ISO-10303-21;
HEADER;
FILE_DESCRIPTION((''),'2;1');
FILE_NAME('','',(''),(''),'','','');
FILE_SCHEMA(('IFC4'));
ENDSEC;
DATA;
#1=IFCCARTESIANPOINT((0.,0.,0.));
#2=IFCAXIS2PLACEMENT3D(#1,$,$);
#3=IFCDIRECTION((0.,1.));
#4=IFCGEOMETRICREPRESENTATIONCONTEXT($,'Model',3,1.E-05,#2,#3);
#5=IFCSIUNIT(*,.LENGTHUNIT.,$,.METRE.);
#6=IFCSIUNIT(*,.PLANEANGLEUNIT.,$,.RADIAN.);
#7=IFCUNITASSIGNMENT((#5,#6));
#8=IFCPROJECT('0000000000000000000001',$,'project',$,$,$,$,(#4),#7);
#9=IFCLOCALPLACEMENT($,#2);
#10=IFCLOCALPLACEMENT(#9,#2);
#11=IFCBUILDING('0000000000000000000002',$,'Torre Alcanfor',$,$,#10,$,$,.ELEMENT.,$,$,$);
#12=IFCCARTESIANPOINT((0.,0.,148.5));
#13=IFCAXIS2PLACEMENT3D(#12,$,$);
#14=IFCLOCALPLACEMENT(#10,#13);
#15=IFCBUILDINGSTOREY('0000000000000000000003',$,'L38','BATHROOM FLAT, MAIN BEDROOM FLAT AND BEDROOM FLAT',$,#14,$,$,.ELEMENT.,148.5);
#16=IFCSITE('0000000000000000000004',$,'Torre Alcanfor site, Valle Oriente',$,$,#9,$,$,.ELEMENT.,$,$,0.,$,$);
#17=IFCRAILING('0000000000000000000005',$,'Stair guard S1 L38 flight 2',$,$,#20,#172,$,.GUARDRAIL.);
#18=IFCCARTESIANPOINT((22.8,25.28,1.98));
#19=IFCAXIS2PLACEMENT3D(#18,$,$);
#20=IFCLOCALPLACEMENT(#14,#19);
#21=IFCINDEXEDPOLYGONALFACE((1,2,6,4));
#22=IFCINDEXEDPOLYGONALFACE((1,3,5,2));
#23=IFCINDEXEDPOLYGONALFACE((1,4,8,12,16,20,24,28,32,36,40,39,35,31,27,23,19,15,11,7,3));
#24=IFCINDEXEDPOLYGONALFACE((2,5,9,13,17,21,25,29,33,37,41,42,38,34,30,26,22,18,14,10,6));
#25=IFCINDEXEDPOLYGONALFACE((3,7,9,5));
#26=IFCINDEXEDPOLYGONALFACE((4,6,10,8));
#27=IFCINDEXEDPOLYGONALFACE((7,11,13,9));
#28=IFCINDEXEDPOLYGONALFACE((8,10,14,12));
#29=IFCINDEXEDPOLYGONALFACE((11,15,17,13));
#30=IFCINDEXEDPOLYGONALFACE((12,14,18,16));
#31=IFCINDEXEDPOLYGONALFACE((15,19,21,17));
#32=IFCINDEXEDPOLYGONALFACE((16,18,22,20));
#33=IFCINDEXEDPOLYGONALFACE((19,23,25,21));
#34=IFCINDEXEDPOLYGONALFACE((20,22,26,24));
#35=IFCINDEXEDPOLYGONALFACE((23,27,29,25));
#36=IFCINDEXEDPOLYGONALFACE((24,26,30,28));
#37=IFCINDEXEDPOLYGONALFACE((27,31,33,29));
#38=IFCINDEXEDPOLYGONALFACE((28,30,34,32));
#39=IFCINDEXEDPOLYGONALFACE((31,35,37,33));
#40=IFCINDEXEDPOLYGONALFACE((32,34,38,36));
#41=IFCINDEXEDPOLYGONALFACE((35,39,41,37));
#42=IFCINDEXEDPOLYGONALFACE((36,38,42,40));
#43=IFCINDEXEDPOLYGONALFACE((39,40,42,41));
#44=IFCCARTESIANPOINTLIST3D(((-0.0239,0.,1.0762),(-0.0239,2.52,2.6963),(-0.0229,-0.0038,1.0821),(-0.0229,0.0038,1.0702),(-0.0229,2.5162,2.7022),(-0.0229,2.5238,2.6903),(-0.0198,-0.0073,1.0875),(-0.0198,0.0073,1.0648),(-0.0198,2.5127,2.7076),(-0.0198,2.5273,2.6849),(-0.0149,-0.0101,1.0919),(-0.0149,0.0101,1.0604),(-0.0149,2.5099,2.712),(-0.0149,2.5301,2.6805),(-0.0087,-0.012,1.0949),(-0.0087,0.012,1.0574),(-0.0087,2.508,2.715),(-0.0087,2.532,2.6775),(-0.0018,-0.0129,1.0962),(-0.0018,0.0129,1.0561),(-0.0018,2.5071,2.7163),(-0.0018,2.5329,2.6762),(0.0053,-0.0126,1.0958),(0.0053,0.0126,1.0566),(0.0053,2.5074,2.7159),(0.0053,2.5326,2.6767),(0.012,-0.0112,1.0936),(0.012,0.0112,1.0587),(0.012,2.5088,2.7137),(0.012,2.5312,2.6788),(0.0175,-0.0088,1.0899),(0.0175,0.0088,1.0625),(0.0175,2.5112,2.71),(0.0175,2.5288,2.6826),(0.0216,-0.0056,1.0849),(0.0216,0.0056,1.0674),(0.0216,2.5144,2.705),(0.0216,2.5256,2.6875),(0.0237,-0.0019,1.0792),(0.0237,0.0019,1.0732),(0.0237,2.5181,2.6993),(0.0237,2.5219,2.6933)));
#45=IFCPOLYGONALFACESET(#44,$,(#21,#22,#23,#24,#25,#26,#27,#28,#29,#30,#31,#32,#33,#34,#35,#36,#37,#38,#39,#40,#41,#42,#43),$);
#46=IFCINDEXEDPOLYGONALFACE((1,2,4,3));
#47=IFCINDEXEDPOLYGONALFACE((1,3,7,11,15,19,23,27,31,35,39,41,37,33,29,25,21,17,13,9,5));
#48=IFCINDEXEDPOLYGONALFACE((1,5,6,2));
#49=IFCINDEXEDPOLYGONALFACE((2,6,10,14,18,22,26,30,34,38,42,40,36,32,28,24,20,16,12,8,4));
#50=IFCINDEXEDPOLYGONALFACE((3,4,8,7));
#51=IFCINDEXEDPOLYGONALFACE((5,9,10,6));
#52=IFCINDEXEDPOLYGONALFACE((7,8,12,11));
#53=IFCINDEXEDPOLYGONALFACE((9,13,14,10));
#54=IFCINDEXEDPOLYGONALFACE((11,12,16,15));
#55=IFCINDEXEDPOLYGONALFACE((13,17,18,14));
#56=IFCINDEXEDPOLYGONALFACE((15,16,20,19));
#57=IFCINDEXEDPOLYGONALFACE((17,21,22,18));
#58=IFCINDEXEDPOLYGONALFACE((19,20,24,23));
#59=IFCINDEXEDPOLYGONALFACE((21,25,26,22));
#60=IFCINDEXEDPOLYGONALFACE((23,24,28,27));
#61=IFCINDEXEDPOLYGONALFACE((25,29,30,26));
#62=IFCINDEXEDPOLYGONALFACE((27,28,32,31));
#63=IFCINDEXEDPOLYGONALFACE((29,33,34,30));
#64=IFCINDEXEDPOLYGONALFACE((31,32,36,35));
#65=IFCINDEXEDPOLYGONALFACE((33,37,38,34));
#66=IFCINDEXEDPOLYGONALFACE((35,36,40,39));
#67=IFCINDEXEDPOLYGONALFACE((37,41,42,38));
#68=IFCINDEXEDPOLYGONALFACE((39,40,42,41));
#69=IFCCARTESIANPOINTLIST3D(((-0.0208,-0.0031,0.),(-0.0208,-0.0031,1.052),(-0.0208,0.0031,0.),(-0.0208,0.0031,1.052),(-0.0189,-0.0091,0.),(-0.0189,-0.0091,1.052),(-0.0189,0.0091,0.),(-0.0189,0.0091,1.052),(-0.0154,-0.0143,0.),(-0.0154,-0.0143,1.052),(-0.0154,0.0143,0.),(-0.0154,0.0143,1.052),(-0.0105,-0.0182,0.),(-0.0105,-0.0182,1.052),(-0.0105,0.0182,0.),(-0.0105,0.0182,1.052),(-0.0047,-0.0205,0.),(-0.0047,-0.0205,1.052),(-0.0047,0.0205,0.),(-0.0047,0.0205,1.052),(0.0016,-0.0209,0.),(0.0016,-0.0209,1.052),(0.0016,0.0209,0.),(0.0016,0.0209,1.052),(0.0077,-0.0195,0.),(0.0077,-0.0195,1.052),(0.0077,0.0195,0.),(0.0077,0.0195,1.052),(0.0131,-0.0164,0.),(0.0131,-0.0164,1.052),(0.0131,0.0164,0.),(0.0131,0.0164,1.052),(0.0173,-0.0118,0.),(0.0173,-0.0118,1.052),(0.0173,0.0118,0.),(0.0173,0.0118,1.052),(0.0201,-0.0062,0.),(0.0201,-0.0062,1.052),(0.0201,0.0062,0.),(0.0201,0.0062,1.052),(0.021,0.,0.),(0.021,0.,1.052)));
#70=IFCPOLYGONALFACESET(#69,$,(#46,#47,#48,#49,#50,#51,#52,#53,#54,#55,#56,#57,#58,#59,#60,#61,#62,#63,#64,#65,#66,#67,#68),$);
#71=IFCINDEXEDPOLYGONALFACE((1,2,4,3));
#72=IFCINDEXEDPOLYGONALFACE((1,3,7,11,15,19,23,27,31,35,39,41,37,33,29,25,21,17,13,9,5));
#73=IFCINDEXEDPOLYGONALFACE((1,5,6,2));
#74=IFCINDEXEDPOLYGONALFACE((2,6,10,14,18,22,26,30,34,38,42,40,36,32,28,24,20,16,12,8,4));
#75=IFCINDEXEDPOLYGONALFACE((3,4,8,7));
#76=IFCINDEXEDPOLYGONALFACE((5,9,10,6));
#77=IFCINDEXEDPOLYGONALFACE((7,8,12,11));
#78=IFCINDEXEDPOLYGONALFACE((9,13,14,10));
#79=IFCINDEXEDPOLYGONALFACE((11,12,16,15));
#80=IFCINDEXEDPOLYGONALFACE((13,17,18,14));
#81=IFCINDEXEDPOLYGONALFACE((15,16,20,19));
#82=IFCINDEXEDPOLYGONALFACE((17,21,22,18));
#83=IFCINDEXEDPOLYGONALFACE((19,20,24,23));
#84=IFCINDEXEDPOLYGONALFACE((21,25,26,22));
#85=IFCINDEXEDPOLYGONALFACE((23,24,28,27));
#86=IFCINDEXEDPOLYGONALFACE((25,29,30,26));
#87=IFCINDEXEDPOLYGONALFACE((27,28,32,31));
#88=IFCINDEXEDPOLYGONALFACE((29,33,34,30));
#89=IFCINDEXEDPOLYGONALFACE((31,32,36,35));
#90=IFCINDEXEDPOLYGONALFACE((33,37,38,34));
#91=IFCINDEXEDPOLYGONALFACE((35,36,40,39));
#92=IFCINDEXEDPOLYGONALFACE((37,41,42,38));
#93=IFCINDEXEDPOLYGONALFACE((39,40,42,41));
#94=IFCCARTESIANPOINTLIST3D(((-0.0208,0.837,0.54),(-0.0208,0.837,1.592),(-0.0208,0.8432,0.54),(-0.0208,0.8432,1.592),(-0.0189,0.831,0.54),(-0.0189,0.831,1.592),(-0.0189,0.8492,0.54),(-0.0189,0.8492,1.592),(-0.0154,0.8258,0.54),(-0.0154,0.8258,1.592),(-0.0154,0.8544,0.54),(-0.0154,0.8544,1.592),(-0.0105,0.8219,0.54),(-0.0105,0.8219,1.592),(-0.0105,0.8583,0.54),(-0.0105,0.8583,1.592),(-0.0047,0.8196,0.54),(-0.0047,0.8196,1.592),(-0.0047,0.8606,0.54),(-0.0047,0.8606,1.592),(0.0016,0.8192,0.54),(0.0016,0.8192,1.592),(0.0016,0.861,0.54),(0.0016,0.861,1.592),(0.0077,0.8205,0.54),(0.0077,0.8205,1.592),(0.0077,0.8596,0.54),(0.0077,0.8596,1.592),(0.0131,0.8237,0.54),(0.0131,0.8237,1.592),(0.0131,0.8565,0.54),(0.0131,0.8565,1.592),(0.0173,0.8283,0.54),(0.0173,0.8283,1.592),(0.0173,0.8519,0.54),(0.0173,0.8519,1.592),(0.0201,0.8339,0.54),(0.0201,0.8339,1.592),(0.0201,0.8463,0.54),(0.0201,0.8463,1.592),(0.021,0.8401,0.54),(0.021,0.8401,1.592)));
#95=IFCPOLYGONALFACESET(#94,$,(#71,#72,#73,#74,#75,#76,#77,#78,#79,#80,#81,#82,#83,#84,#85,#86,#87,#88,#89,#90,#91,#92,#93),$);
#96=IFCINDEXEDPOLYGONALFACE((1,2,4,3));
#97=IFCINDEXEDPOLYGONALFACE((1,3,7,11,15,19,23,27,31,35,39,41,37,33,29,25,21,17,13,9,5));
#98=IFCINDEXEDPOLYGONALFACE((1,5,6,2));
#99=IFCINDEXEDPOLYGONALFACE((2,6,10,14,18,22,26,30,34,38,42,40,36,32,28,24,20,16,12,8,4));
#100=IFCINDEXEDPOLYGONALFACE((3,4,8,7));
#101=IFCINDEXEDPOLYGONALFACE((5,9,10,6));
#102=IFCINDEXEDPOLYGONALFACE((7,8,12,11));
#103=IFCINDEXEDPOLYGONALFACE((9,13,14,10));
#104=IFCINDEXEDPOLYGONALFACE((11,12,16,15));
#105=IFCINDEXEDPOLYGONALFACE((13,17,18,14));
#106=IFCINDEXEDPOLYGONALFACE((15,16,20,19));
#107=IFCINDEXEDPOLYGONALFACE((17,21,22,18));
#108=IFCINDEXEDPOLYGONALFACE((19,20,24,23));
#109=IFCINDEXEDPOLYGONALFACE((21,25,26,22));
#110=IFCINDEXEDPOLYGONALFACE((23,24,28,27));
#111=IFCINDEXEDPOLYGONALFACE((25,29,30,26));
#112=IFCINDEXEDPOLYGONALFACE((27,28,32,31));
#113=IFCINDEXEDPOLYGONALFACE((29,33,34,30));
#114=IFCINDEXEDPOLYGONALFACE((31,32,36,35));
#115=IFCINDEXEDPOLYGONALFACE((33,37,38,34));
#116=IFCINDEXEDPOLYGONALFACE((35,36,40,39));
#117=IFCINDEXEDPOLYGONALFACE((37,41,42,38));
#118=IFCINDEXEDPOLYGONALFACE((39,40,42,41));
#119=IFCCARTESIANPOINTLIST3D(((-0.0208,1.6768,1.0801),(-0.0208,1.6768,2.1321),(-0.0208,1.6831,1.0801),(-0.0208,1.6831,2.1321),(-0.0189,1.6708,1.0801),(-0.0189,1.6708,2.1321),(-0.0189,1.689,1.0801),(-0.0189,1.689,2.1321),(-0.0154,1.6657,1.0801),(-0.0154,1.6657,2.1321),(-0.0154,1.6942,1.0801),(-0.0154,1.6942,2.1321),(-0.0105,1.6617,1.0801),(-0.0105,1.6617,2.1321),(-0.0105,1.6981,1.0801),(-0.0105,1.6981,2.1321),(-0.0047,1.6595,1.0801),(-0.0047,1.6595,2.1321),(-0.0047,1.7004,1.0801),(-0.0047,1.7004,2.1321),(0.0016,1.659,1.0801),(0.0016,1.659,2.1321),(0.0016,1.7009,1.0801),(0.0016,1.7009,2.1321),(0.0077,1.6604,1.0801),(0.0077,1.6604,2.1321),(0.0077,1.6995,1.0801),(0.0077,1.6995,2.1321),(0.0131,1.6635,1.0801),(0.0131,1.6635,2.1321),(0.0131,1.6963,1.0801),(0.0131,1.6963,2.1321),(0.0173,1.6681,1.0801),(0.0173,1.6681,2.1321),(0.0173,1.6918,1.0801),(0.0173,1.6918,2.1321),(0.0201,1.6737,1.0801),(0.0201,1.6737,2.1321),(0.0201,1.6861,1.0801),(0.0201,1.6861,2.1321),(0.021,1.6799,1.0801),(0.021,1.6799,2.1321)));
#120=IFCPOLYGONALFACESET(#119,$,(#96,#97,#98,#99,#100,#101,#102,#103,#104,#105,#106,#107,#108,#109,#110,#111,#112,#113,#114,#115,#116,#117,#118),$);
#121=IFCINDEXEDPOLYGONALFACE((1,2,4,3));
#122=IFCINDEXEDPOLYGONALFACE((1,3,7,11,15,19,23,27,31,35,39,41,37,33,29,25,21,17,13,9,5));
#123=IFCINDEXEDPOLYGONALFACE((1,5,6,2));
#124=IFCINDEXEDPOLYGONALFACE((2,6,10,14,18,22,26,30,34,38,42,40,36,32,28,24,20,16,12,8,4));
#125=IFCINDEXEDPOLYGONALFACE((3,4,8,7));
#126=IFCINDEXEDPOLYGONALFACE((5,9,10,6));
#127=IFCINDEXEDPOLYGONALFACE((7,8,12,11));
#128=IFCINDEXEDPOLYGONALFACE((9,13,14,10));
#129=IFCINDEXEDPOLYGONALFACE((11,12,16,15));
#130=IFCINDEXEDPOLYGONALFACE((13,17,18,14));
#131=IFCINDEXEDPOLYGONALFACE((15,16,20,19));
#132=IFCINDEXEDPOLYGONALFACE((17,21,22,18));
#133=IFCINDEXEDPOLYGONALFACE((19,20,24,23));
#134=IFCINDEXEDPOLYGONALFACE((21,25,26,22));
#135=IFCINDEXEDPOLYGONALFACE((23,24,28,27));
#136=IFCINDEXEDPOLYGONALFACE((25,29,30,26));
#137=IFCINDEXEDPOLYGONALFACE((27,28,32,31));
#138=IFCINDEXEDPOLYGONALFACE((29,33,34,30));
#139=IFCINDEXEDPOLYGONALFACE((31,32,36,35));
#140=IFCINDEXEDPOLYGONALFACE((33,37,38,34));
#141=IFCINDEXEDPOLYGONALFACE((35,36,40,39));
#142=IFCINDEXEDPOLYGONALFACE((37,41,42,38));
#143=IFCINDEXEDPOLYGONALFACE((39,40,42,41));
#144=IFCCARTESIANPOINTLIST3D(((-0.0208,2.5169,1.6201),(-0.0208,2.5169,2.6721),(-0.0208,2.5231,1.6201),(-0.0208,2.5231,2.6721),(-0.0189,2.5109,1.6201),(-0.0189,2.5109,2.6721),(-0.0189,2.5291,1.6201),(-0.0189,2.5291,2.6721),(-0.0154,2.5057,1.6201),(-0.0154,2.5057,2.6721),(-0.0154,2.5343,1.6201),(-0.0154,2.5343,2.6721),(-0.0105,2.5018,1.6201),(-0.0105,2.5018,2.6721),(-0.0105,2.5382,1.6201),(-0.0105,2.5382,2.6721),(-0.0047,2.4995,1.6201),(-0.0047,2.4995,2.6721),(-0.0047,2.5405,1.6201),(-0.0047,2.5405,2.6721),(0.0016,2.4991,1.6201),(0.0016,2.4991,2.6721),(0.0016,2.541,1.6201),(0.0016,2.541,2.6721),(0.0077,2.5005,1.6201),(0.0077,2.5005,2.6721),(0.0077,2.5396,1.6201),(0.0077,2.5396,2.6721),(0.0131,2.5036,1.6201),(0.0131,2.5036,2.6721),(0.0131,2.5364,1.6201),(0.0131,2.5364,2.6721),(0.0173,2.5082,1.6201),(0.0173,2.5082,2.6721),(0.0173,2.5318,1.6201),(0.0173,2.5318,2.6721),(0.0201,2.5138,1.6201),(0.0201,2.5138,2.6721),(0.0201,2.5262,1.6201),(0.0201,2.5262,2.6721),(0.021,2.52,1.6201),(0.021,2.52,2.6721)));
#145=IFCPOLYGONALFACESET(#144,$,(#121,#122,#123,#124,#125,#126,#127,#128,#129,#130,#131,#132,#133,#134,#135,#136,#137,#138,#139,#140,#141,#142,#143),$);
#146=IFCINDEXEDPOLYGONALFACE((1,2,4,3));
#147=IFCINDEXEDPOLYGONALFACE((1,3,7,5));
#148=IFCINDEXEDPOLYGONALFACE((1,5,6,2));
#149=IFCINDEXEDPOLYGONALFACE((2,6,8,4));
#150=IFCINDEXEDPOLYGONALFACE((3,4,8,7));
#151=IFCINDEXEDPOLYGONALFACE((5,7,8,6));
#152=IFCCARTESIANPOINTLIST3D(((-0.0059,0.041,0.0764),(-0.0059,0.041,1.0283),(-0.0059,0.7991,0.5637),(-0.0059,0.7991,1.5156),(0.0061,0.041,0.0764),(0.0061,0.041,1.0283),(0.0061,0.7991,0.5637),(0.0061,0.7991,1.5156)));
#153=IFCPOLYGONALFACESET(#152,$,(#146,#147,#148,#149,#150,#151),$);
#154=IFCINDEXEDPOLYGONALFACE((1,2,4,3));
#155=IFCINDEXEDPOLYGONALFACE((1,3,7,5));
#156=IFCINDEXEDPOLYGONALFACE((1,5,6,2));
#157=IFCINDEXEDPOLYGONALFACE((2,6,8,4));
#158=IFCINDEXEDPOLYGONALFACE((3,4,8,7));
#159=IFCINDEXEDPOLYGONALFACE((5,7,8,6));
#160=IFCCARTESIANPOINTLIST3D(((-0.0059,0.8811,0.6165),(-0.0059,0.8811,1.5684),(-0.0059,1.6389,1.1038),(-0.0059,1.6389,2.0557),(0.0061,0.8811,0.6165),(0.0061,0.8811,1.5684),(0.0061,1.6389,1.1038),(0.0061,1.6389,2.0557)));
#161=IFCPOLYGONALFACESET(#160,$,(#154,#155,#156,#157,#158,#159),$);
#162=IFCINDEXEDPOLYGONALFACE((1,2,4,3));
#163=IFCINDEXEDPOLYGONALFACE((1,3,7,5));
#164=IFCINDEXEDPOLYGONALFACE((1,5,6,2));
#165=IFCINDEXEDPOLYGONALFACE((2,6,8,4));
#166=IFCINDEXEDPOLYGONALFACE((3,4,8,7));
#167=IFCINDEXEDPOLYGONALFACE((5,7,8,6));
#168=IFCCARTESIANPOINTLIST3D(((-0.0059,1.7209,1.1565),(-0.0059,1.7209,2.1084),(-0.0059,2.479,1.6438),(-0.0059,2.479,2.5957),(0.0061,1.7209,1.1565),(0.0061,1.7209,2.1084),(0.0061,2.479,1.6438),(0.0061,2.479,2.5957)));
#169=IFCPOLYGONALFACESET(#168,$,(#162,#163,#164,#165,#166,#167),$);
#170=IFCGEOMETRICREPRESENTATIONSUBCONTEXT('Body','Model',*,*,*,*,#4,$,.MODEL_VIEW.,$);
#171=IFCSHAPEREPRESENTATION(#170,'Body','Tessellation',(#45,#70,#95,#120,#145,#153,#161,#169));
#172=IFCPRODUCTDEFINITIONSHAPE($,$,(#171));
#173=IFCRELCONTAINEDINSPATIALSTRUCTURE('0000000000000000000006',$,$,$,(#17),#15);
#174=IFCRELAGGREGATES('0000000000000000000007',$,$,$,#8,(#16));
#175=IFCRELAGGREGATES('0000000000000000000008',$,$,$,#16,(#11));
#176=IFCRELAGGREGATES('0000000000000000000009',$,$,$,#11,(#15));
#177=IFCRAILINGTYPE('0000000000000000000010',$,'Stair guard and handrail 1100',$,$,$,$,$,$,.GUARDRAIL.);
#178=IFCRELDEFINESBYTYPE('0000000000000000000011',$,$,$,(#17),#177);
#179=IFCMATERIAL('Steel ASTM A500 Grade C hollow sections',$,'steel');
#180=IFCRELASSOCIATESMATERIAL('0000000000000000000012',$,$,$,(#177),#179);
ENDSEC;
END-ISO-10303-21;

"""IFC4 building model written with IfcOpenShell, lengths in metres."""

from ifc_helpers import new_model, si_unit, direction, frame, origin, origin_2d, place, context, subcontext, project, spatial, polyline, circle, outline, extrude, material, type_object, element, save


model = new_model("IFC4")

# Units and contexts
model_context = context("Model", 3, precision=1e-05, world=origin(), true_north=direction((0.0, 1.0)))
body_context = subcontext(model_context, "Body", "Model", "MODEL_VIEW")
ifc_project = project(units=[si_unit("LENGTHUNIT", "METRE"), si_unit("PLANEANGLEUNIT", "RADIAN")], contexts=[model_context])

# Site, building, storey
site_placement = place(None, origin())
site = spatial("IfcSite", under=ifc_project, at=site_placement, Name="Torre Alcanfor site, Valle Oriente", CompositionType="ELEMENT", RefElevation=0.0)
building_placement = place(site_placement, origin())
building = spatial("IfcBuilding", under=site, at=building_placement, Name="Torre Alcanfor", CompositionType="ELEMENT")
storey_placement = place(building_placement, frame((0.0, 0.0, 148.5)))
storey = spatial("IfcBuildingStorey", under=building, at=storey_placement, Name="L38", Description="BATHROOM FLAT, MAIN BEDROOM FLAT AND BEDROOM FLAT", CompositionType="ELEMENT", Elevation=148.5)

# Railing
ifc_material_1 = material(Name="Steel ASTM A500 Grade C hollow sections", Category="steel")
railing_type = type_object("IfcRailingType", Name="Stair guard and handrail 1100", PredefinedType="GUARDRAIL", material=ifc_material_1)
railing_1_placement = place(storey_placement, frame((22.8, 25.28, 1.98)))
element("IfcRailing", 1, at=railing_1_placement, inside=storey, type_object=railing_type, Name="Stair guard S1 L38 flight 2", PredefinedType="GUARDRAIL", context=body_context, shape_type="SweptSolid", body=[
    extrude(circle(Radius=0.0239, at=origin_2d()), frame((0.0, 0.0, 1.0762), z_axis=(0.0, 0.841163, 0.540782), x_axis=(-1.0, 0.0, 0.0)), (0.0, 0.0, 1.0), 2.9958),
    extrude(circle(Radius=0.021, at=origin_2d()), origin(), (0.0, 0.0, 1.0), 1.052),
    extrude(circle(Radius=0.021, at=origin_2d()), frame((0.0, 0.8401, 0.54)), (0.0, 0.0, 1.0), 1.052),
    extrude(circle(Radius=0.021, at=origin_2d()), frame((0.0, 1.6799, 1.0801)), (0.0, 0.0, 1.0), 1.052),
    extrude(circle(Radius=0.021, at=origin_2d()), frame((0.0, 2.52, 1.6201)), (0.0, 0.0, 1.0), 1.052),
    extrude(outline(polyline([(0.041, 0.0764), (0.7991, 0.5637), (0.7991, 1.5156), (0.041, 1.0283), (0.041, 0.0764)])), frame((-0.0059, 0.0, 0.0), z_axis=(1.0, 0.0, 0.0), x_axis=(0.0, 1.0, 0.0)), (0.0, 0.0, 1.0), 0.012),
    extrude(outline(polyline([(0.8811, 0.6165), (1.6389, 1.1038), (1.6389, 2.0557), (0.8811, 1.5684), (0.8811, 0.6165)])), frame((-0.0059, 0.0, 0.0), z_axis=(1.0, 0.0, 0.0), x_axis=(0.0, 1.0, 0.0)), (0.0, 0.0, 1.0), 0.012),
    extrude(outline(polyline([(1.7209, 1.1565), (2.479, 1.6438), (2.479, 2.5957), (1.7209, 2.1084), (1.7209, 1.1565)])), frame((-0.0059, 0.0, 0.0), z_axis=(1.0, 0.0, 0.0), x_axis=(0.0, 1.0, 0.0)), (0.0, 0.0, 1.0), 0.012),
])

save(model, "model.ifc")
